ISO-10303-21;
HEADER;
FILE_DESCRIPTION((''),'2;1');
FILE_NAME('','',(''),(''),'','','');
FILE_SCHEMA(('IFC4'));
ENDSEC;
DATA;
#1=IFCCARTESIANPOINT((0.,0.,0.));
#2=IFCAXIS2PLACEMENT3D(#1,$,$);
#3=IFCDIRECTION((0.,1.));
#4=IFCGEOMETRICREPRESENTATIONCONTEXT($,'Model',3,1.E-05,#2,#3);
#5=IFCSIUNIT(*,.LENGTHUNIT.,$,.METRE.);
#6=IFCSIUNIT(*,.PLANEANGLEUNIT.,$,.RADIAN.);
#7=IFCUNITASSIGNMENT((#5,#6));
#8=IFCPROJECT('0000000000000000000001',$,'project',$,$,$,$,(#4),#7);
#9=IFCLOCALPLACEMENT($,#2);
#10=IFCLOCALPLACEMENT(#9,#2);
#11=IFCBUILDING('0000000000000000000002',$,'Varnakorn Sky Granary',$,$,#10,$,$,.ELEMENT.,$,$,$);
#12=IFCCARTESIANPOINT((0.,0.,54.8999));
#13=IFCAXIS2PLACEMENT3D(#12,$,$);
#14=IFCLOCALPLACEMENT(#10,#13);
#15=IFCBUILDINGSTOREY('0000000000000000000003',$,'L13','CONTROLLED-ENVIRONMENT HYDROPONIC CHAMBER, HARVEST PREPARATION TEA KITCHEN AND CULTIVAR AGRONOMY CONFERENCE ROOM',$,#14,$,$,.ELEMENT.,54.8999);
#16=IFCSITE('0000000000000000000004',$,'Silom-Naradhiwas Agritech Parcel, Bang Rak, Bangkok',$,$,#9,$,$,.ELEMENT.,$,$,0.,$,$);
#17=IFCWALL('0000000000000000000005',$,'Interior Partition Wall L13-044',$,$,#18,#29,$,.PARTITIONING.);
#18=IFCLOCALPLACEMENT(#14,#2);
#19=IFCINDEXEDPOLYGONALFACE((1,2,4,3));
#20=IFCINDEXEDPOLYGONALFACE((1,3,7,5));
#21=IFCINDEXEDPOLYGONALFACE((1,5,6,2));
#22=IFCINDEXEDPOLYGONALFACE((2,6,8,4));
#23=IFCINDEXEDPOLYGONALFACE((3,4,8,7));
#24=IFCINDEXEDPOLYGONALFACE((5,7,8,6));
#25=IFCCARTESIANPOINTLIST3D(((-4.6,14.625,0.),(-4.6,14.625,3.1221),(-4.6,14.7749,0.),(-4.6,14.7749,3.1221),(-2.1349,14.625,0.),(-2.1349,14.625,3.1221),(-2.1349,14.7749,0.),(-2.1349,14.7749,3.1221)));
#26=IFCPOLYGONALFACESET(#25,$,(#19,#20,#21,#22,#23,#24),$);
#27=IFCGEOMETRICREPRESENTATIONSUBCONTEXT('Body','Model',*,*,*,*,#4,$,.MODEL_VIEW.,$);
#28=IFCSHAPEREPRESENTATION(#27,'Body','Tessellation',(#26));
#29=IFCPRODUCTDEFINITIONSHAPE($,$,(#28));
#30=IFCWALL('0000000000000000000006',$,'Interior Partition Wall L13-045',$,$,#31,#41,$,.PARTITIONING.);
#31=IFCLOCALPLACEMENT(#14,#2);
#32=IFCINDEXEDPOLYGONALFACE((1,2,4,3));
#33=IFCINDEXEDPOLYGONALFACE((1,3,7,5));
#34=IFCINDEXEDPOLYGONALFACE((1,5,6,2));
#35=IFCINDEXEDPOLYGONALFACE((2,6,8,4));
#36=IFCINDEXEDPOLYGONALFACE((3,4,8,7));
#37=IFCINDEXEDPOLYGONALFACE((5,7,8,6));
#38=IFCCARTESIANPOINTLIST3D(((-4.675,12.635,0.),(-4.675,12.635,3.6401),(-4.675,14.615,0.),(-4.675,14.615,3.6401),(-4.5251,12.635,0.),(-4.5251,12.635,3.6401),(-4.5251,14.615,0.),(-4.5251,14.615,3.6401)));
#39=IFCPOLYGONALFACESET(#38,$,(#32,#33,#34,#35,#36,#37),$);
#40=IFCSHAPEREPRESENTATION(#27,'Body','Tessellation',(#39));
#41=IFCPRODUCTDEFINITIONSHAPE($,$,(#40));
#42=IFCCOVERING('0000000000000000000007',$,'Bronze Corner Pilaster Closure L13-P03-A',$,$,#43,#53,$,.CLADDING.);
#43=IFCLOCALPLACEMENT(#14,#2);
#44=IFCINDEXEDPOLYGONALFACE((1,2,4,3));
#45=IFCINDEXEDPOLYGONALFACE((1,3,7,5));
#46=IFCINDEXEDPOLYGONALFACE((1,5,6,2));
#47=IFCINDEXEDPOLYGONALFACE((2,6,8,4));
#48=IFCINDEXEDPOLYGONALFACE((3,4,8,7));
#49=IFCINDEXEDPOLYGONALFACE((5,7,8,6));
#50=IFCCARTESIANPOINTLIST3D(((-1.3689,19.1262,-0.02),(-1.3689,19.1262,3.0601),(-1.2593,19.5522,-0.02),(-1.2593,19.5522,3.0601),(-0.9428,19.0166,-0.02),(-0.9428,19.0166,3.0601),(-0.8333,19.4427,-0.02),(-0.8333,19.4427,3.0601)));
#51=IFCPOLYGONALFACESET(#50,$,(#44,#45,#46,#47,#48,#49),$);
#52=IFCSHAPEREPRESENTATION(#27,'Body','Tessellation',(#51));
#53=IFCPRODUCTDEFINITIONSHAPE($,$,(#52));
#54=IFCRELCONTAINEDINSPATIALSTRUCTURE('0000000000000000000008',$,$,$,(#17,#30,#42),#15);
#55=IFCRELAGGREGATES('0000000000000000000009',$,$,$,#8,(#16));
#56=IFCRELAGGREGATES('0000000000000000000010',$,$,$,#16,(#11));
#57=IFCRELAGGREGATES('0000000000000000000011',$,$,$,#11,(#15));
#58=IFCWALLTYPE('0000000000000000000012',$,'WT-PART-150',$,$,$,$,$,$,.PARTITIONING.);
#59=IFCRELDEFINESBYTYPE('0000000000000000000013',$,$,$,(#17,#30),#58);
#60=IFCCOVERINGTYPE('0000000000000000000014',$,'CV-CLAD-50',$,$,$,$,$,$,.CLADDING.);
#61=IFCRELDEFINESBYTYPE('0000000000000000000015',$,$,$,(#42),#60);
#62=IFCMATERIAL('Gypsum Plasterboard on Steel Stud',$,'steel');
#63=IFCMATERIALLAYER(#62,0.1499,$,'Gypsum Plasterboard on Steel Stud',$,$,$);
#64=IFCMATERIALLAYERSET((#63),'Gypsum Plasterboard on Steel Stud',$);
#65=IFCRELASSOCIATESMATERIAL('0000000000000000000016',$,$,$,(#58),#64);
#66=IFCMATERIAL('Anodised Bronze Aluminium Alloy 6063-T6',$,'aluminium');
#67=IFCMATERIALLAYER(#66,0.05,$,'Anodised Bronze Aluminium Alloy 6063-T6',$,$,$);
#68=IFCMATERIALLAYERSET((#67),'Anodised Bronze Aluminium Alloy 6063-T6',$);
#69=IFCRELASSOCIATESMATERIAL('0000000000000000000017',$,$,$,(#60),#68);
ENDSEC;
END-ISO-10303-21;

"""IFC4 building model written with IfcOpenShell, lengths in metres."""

from ifc_helpers import new_model, si_unit, direction, frame, frame_2d, origin, origin_2d, place, context, subcontext, project, spatial, rectangle, extrude, source, transform, mapped, material, layer, layer_set, type_object, type_shapes, element, save


model = new_model("IFC4")

# Units and contexts
model_context = context("Model", 3, precision=1e-05, world=origin(), true_north=direction((0.0, 1.0)))
body_context = subcontext(model_context, "Body", "Model", "MODEL_VIEW")
ifc_project = project(units=[si_unit("LENGTHUNIT", "METRE"), si_unit("PLANEANGLEUNIT", "RADIAN")], contexts=[model_context])

# Site, building, storey
site_placement = place(None, origin())
site = spatial("IfcSite", under=ifc_project, at=site_placement, Name="Silom-Naradhiwas Agritech Parcel, Bang Rak, Bangkok", CompositionType="ELEMENT", RefElevation=0.0)
building_placement = place(site_placement, origin())
building = spatial("IfcBuilding", under=site, at=building_placement, Name="Varnakorn Sky Granary", CompositionType="ELEMENT")
storey_placement = place(building_placement, frame((0.0, 0.0, 54.8999)))
storey = spatial("IfcBuildingStorey", under=building, at=storey_placement, Name="L13", Description="CONTROLLED-ENVIRONMENT HYDROPONIC CHAMBER, HARVEST PREPARATION TEA KITCHEN AND CULTIVAR AGRONOMY CONFERENCE ROOM", CompositionType="ELEMENT", Elevation=54.8999)

# Shared definitions
ifc_material_1 = material(Name="Anodised Bronze Aluminium Alloy 6063-T6", Category="aluminium")

# Walls
ifc_material_2 = material(Name="Gypsum Plasterboard on Steel Stud", Category="steel")
ifc_layer_1 = layer(ifc_material_2, 0.1499, Name="Gypsum Plasterboard on Steel Stud")
ifc_layer_set_1 = layer_set([ifc_layer_1], Name="Gypsum Plasterboard on Steel Stud")
wall_type_1 = type_object("IfcWallType", Name="WT-PART-150", PredefinedType="PARTITIONING", material=ifc_layer_set_1)
wall_1_placement = place(storey_placement, frame((-2.135, 14.7, 0.0), z_axis=(0.0, 0.0, 1.0), x_axis=(-1.0, 0.0, 0.0)))
element("IfcWall", 1, at=wall_1_placement, inside=storey, type_object=wall_type_1, Name="Interior Partition Wall L13-044", PredefinedType="PARTITIONING", context=body_context, shape_type="SweptSolid", body=[
    extrude(rectangle(XDim=2.4651, YDim=0.1499, at=frame_2d((1.2324, 0.0))), origin(), (0.0, 0.0, 1.0), 3.1221),
])
wall_2_placement = place(storey_placement, frame((-4.6001, 14.615, 0.0), z_axis=(0.0, 0.0, 1.0), x_axis=(0.0, -1.0, 0.0)))
element("IfcWall", 2, at=wall_2_placement, inside=storey, type_object=wall_type_1, Name="Interior Partition Wall L13-045", PredefinedType="PARTITIONING", context=body_context, shape_type="SweptSolid", body=[
    extrude(rectangle(XDim=1.98, YDim=0.1499, at=frame_2d((0.99, 0.0))), origin(), (0.0, 0.0, 1.0), 3.6401),
])

# Covering
ifc_layer_2 = layer(ifc_material_1, 0.05, Name="Anodised Bronze Aluminium Alloy 6063-T6")
ifc_layer_set_2 = layer_set([ifc_layer_2], Name="Anodised Bronze Aluminium Alloy 6063-T6")
covering_type = type_object("IfcCoveringType", Name="CV-CLAD-50", PredefinedType="CLADDING", material=ifc_layer_set_2)
shared_shape_1 = source(origin(), body_context, "Body", "SweptSolid", [
    extrude(rectangle(XDim=0.4399, YDim=0.4399, at=origin_2d()), origin(), (0.0, 0.0, 1.0), 3.0801),
])
type_shapes(covering_type, [shared_shape_1])
covering_placement = place(storey_placement, frame((-1.1011, 19.2844, -0.02), z_axis=(0.0, 0.0, 1.0), x_axis=(0.968496, -0.249028, 0.0)))
element("IfcCovering", 3, at=covering_placement, inside=storey, type_object=covering_type, Name="Bronze Corner Pilaster Closure L13-P03-A", PredefinedType="CLADDING", context=body_context, shape_type="MappedRepresentation", body=[
    mapped(shared_shape_1, transform((0.0, 0.0, 0.0), x_axis=(1.0, 0.0, 0.0), y_axis=(0.0, 1.0, 0.0), z_axis=(0.0, 0.0, 1.0), scale=1.0)),
])

save(model, "model.ifc")
